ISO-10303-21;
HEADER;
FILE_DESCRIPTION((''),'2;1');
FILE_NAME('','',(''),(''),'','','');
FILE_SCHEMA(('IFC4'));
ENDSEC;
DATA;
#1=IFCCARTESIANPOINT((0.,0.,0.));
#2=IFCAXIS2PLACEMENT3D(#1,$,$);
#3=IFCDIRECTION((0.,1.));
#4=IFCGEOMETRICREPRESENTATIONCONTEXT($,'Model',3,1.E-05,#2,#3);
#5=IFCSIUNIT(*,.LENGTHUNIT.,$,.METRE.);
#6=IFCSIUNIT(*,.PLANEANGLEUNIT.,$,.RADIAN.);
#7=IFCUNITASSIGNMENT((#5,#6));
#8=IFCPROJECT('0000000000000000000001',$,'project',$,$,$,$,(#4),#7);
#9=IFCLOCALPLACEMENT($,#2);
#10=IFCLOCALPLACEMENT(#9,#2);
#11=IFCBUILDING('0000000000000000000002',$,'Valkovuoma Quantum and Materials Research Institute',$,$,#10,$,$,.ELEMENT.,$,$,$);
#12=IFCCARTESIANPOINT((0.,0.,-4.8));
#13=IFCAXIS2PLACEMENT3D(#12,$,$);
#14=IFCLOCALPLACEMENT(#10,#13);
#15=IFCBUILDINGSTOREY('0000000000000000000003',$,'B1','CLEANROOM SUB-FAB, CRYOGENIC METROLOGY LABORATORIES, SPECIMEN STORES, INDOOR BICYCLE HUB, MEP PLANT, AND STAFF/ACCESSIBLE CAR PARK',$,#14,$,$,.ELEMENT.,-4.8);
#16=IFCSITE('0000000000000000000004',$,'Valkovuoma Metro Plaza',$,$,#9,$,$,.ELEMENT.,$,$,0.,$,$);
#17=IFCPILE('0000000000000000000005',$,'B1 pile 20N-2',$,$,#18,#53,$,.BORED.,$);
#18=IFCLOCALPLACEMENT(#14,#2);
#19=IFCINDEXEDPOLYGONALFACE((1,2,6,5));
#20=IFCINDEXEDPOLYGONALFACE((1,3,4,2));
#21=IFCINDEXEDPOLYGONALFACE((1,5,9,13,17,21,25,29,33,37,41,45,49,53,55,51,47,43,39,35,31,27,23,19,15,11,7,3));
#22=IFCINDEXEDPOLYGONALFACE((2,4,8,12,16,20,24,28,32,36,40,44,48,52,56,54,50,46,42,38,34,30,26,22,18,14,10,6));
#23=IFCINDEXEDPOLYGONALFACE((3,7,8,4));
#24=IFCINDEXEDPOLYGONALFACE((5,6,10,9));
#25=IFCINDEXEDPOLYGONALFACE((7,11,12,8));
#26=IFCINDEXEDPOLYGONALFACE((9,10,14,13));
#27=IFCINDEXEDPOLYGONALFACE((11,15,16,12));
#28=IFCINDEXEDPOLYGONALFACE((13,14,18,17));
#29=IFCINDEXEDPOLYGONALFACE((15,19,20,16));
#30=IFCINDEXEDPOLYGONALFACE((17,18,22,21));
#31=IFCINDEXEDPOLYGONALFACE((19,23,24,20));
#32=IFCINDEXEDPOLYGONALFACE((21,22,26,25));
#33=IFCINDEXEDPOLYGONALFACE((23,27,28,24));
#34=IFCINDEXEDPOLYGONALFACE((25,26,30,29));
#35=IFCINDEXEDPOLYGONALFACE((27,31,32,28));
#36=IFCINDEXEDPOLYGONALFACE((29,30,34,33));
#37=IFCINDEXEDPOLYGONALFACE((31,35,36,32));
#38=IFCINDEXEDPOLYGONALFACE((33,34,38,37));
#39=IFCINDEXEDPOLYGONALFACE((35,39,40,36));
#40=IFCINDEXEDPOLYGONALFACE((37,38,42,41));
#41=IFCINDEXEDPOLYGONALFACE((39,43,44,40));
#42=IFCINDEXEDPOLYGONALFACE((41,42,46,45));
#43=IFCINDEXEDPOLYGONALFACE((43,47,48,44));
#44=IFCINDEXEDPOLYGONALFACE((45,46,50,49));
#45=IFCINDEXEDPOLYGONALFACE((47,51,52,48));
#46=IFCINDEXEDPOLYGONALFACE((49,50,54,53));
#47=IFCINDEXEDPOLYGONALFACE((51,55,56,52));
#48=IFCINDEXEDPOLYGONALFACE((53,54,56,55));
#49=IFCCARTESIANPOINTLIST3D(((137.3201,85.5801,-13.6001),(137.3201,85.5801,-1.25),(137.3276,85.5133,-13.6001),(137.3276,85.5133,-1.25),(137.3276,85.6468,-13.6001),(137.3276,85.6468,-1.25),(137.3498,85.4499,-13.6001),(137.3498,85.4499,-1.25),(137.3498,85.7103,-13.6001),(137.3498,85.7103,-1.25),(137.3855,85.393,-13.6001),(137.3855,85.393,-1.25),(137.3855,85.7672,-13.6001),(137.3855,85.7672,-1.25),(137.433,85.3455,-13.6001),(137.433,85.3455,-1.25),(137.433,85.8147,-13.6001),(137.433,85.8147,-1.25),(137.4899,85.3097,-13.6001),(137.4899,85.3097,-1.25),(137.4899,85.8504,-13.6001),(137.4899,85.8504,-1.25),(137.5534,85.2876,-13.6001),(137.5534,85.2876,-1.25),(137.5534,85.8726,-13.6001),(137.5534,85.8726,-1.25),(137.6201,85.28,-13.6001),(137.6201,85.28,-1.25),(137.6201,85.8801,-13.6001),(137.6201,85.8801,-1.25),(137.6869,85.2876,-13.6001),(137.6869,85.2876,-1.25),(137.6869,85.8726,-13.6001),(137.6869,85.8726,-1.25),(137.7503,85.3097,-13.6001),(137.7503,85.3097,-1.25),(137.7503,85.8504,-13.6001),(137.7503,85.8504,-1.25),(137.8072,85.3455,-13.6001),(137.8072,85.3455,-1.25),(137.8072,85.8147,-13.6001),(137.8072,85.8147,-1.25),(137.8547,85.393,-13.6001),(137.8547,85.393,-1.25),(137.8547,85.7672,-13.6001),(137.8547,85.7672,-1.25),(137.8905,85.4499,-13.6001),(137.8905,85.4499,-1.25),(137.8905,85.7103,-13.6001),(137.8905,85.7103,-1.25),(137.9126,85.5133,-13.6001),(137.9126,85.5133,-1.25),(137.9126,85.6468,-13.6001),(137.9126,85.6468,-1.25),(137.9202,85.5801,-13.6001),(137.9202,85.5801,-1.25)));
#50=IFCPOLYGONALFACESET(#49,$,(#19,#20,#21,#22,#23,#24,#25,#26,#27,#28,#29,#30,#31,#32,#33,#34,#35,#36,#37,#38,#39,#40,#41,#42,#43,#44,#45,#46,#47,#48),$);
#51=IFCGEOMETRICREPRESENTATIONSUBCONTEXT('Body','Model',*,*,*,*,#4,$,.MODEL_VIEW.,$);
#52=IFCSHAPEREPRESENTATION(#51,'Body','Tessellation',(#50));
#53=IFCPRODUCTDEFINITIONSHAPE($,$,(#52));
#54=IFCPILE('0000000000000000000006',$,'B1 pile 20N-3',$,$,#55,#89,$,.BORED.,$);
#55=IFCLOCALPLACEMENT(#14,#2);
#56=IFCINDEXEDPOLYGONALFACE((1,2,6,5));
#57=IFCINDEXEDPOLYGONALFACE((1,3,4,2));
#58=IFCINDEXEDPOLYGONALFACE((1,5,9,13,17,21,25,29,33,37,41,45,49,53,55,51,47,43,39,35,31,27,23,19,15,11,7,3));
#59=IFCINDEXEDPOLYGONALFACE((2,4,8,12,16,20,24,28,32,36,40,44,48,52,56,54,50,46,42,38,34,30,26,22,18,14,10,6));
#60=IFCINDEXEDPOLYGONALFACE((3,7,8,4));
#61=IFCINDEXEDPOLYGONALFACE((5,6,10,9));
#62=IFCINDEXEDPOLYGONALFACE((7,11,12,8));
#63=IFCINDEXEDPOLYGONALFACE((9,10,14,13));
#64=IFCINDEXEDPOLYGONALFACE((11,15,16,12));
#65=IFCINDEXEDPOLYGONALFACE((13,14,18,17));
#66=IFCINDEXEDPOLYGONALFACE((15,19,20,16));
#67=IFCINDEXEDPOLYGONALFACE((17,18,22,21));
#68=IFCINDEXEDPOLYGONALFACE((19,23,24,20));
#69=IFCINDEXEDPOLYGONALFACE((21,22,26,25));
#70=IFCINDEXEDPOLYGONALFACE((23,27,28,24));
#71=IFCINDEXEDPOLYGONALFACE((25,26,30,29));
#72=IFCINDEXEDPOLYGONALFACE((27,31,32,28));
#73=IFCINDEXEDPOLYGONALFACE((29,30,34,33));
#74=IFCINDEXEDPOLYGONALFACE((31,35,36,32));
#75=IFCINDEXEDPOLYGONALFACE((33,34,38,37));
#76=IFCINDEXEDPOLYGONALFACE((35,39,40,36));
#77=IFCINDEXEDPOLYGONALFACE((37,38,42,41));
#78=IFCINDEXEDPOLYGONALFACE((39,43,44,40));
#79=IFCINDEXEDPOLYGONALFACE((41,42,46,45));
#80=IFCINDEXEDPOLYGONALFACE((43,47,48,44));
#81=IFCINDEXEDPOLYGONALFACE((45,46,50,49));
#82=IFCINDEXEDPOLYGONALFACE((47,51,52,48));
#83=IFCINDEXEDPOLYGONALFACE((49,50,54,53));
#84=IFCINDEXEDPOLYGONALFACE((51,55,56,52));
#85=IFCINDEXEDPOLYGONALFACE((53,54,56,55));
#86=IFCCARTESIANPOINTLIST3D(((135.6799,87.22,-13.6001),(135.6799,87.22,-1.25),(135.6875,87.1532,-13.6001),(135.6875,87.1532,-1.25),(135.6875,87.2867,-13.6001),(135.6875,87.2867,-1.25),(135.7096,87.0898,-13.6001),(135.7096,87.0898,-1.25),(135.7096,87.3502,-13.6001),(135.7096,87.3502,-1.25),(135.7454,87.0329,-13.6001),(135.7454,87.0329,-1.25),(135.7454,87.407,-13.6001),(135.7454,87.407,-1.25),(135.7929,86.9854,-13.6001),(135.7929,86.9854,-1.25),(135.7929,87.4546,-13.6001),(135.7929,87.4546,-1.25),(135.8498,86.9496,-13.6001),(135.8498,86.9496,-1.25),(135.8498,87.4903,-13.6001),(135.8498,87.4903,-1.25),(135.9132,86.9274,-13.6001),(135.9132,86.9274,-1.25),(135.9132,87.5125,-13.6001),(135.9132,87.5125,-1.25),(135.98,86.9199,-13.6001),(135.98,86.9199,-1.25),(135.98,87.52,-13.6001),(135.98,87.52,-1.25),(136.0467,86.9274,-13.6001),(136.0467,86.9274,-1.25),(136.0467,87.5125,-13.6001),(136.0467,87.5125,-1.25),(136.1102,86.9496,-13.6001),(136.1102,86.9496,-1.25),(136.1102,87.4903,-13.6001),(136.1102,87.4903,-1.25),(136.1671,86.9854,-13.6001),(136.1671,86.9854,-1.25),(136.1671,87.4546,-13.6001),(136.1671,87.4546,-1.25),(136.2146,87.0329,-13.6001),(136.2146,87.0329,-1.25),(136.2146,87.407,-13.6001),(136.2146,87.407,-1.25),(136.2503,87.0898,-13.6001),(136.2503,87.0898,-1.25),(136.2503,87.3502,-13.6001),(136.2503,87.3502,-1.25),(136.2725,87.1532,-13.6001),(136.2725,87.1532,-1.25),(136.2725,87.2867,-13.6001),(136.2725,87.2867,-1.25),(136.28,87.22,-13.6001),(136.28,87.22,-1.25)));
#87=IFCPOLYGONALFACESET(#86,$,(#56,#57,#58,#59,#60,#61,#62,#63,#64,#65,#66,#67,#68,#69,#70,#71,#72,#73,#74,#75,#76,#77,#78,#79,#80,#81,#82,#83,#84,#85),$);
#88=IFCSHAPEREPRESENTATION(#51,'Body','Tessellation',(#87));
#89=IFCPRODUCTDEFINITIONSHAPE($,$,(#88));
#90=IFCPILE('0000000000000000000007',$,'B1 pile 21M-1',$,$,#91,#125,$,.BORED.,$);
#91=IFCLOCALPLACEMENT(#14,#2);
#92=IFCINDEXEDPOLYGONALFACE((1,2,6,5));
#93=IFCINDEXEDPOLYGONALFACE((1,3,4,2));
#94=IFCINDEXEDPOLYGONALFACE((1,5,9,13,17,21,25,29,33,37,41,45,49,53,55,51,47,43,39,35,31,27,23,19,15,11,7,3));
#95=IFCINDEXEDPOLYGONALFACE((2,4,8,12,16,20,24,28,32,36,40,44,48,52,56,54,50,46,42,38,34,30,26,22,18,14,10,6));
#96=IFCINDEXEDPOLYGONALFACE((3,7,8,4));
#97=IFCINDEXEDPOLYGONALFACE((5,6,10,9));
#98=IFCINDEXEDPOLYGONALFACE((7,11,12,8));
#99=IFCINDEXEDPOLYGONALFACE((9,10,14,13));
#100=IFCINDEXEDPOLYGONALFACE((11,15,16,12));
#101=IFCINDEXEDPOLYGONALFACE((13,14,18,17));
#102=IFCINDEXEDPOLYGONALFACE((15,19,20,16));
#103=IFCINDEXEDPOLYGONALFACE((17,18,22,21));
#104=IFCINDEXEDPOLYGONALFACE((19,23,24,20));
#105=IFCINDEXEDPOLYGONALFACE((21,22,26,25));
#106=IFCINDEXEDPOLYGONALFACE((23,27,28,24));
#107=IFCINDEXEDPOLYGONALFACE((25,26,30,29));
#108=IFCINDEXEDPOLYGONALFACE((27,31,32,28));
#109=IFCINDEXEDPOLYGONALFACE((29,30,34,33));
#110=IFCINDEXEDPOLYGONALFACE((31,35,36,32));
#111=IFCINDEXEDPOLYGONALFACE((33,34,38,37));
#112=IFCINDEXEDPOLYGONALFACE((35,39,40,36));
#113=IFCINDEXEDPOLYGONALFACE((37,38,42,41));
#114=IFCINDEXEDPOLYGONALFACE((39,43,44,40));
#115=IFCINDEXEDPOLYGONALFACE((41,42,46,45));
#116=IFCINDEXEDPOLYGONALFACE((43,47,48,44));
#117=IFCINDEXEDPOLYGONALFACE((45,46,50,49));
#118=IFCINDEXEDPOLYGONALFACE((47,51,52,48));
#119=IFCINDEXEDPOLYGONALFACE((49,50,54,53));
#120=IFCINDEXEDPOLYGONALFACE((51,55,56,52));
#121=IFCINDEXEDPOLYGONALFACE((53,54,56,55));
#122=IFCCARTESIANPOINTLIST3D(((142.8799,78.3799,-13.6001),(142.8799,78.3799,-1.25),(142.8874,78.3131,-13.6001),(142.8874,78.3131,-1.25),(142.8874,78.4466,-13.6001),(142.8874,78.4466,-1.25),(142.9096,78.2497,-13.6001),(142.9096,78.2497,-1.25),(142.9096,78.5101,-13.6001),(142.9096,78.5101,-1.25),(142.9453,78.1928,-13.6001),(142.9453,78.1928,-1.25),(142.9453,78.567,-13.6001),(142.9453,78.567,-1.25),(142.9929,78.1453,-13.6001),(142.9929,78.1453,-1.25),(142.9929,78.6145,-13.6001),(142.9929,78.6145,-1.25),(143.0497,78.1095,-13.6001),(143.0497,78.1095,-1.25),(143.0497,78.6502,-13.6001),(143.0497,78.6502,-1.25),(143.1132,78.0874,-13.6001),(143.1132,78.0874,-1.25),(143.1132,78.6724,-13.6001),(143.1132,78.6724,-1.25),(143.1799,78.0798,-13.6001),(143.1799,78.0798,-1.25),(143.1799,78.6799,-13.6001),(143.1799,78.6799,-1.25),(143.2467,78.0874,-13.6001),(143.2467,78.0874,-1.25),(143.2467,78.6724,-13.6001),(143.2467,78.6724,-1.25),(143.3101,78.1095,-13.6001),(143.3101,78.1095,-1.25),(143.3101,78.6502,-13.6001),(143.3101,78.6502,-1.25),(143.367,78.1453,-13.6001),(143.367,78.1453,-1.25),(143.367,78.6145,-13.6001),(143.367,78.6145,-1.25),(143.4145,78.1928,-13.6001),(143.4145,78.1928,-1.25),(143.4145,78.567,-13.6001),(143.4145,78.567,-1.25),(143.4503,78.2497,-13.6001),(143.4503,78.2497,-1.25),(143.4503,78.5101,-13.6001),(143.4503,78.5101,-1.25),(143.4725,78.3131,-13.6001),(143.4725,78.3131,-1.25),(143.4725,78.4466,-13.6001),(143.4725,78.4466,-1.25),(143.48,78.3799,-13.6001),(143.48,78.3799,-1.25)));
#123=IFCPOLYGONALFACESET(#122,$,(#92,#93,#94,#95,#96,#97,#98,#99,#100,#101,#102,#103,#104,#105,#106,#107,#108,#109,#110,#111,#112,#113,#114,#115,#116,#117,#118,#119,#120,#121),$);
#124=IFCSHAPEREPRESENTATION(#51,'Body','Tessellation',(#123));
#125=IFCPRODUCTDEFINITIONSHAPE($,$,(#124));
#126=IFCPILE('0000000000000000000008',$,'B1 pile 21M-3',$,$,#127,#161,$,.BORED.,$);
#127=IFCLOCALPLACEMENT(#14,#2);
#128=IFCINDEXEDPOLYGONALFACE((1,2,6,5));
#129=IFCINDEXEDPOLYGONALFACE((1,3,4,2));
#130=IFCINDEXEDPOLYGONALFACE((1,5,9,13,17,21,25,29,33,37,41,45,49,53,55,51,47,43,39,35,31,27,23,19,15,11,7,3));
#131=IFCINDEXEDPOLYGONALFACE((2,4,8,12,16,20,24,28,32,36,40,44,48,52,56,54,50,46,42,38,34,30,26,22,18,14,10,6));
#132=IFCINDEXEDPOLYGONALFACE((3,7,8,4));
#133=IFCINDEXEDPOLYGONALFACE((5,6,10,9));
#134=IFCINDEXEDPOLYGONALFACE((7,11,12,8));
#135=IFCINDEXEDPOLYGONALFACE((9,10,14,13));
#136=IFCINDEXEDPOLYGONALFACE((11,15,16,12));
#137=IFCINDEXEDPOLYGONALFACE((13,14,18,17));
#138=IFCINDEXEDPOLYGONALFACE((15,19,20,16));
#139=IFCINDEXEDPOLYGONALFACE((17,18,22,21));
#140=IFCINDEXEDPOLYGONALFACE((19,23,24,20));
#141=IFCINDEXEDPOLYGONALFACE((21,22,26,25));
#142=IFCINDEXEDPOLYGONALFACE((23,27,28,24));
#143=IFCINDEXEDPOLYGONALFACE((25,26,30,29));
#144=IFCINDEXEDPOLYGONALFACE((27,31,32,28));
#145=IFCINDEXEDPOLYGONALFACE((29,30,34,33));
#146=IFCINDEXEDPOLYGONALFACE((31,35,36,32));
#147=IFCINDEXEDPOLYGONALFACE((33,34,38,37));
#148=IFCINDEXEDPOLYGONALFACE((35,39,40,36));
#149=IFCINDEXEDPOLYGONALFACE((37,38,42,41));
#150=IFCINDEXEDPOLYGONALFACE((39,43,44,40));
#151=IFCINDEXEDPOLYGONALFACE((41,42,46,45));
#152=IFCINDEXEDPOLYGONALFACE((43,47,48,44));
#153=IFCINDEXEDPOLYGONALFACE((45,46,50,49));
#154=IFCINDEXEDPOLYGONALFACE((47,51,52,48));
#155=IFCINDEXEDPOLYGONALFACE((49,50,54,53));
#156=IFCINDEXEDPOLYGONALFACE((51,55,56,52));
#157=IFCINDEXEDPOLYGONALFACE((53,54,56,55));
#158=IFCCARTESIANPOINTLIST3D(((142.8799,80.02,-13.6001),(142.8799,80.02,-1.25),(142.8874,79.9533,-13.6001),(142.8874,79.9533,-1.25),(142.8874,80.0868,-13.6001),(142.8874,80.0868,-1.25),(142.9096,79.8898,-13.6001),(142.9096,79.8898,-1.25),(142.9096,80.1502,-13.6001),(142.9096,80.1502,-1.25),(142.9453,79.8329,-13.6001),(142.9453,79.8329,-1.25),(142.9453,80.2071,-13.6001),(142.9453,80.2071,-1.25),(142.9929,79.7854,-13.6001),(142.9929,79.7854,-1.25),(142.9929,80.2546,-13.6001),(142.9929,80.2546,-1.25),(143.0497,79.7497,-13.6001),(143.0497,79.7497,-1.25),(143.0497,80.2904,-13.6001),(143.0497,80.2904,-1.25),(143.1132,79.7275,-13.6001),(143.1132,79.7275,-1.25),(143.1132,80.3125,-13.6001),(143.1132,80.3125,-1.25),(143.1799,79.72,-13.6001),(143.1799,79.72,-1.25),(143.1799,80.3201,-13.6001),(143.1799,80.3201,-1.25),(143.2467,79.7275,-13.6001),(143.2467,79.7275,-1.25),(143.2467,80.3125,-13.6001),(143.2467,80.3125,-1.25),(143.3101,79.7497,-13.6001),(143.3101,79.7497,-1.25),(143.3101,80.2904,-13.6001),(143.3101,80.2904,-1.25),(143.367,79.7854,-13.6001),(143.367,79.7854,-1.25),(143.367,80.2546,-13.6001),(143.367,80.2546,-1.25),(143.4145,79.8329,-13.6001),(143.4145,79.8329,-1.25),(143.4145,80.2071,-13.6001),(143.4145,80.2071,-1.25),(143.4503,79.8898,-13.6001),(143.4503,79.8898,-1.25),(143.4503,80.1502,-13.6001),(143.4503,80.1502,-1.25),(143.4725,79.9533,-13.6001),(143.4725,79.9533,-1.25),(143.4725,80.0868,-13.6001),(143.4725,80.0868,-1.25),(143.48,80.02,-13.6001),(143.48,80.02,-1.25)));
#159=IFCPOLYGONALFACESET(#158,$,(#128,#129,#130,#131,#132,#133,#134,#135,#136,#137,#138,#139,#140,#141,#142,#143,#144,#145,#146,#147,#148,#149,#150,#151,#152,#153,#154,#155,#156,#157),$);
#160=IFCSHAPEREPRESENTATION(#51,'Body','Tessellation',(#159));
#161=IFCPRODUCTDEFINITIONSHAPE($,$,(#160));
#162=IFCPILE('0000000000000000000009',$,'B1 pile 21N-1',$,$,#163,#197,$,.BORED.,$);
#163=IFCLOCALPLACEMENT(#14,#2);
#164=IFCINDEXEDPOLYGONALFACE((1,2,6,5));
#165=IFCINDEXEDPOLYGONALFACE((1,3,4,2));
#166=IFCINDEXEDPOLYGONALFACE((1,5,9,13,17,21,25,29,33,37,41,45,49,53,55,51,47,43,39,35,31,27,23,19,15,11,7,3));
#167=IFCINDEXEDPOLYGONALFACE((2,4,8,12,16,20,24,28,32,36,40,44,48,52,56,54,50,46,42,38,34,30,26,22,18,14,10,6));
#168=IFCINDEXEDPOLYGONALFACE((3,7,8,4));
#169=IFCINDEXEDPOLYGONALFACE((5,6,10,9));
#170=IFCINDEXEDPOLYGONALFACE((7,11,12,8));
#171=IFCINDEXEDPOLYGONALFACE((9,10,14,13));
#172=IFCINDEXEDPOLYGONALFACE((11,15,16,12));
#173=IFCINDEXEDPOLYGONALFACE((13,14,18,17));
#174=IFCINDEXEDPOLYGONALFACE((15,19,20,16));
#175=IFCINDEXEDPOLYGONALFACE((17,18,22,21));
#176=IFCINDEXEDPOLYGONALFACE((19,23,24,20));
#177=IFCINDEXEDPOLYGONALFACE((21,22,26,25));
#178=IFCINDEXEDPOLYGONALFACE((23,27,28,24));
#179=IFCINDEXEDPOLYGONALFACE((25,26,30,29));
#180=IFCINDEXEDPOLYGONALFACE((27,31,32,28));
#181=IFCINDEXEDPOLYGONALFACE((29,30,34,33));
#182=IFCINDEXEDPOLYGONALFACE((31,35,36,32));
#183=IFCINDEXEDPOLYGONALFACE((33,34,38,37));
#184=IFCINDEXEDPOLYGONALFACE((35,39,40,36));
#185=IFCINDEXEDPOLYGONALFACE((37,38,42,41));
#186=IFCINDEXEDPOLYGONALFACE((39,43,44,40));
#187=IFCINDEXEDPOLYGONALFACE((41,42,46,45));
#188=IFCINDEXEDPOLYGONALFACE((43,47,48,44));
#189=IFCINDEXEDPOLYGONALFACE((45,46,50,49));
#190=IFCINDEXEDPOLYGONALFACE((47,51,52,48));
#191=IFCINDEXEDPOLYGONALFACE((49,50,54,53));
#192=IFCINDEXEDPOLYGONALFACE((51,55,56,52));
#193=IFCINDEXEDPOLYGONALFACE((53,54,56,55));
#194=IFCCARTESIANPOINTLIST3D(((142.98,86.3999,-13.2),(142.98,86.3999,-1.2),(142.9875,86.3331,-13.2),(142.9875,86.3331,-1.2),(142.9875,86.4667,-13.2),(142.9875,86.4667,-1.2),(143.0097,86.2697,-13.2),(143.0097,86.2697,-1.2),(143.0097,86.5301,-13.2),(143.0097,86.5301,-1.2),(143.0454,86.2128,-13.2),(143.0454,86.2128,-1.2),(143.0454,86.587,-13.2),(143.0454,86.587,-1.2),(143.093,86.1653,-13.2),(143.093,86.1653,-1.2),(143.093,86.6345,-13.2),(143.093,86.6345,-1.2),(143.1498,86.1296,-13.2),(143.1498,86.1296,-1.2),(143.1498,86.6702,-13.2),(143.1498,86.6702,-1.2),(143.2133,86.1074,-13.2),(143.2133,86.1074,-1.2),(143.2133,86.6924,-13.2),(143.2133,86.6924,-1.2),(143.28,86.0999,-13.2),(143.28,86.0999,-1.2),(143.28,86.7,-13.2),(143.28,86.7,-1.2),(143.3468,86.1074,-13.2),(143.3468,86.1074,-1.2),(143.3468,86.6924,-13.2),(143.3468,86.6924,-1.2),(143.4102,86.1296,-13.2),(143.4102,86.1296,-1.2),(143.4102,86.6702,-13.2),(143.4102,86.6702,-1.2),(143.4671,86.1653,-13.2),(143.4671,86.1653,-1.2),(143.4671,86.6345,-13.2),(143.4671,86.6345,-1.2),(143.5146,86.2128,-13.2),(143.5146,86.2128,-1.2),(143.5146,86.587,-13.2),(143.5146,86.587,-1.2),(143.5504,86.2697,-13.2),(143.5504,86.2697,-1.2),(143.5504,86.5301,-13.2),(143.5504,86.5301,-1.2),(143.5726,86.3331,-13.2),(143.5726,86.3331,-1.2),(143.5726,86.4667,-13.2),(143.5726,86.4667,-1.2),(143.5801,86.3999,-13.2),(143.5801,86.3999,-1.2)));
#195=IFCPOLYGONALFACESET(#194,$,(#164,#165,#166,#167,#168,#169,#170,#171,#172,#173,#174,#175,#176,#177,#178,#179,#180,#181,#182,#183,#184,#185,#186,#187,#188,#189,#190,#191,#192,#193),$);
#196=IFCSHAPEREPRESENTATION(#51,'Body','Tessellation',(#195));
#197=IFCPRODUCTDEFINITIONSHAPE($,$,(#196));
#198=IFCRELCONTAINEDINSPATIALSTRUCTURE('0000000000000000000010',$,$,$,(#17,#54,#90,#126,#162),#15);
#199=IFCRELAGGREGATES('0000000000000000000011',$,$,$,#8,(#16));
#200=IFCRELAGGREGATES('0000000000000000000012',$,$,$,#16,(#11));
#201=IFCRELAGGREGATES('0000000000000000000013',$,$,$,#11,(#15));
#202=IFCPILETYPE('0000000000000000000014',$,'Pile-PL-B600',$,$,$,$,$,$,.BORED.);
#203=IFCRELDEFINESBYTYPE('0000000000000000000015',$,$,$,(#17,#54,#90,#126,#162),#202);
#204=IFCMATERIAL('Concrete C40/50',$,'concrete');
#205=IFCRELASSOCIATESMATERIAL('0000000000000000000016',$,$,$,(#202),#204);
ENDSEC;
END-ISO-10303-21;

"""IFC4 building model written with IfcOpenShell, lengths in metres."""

from ifc_helpers import new_model, si_unit, direction, frame, origin, origin_2d, place, context, subcontext, project, spatial, circle, extrude, material, material_profile, profile_set, type_object, element, save


model = new_model("IFC4")

# Units and contexts
model_context = context("Model", 3, precision=1e-05, world=origin(), true_north=direction((0.0, 1.0)))
body_context = subcontext(model_context, "Body", "Model", "MODEL_VIEW")
ifc_project = project(units=[si_unit("LENGTHUNIT", "METRE"), si_unit("PLANEANGLEUNIT", "RADIAN")], contexts=[model_context])

# Site, building, storey
site_placement = place(None, origin())
site = spatial("IfcSite", under=ifc_project, at=site_placement, Name="Valkovuoma Metro Plaza", CompositionType="ELEMENT", RefElevation=0.0)
building_placement = place(site_placement, origin())
building = spatial("IfcBuilding", under=site, at=building_placement, Name="Valkovuoma Quantum and Materials Research Institute", CompositionType="ELEMENT")
storey_placement = place(building_placement, frame((0.0, 0.0, -4.8)))
storey = spatial("IfcBuildingStorey", under=building, at=storey_placement, Name="B1", Description="CLEANROOM SUB-FAB, CRYOGENIC METROLOGY LABORATORIES, SPECIMEN STORES, INDOOR BICYCLE HUB, MEP PLANT, AND STAFF/ACCESSIBLE CAR PARK", CompositionType="ELEMENT", Elevation=-4.8)

# Piles
ifc_material_1 = material(Name="Concrete C40/50", Category="concrete")
ifc_material_profile_1 = material_profile(ifc_material_1, circle(Radius=0.3, at=origin_2d()), Name="Concrete C40/50")
ifc_profile_set_1 = profile_set([ifc_material_profile_1], Name="Concrete C40/50")
pile_type_1 = type_object("IfcPileType", Name="Pile-PL-B600", PredefinedType="BORED", material=ifc_profile_set_1)
for number, where, z_axis, x_axis, name in (
    (1, (137.6201, 85.5801, -1.25), (0.0, 0.0, -1.0), (1.0, 0.0, 0.0), "B1 pile 20N-2"),
    (2, (135.98, 87.22, -1.25), (0.0, 0.0, -1.0), (1.0, 0.0, 0.0), "B1 pile 20N-3"),
    (3, (143.1799, 78.3799, -1.25), (0.0, 0.0, -1.0), (1.0, 0.0, 0.0), "B1 pile 21M-1"),
    (4, (143.1799, 80.02, -1.25), (0.0, 0.0, -1.0), (1.0, 0.0, 0.0), "B1 pile 21M-3"),
):
    element("IfcPile", number, at=place(storey_placement, frame(where, z_axis=z_axis, x_axis=x_axis)), inside=storey, type_object=pile_type_1, Name=name, PredefinedType="BORED", context=body_context, shape_type="SweptSolid", body=[
        extrude(circle(Radius=0.3, at=origin_2d()), origin(), (0.0, 0.0, 1.0), 12.3501),
    ])
pile_placement = place(storey_placement, frame((143.28, 86.3999, -1.2), z_axis=(0.0, 0.0, -1.0), x_axis=(1.0, 0.0, 0.0)))
element("IfcPile", 5, at=pile_placement, inside=storey, type_object=pile_type_1, Name="B1 pile 21N-1", PredefinedType="BORED", context=body_context, shape_type="SweptSolid", body=[
    extrude(circle(Radius=0.3, at=origin_2d()), origin(), (0.0, 0.0, 1.0), 12.0),
])

save(model, "model.ifc")
